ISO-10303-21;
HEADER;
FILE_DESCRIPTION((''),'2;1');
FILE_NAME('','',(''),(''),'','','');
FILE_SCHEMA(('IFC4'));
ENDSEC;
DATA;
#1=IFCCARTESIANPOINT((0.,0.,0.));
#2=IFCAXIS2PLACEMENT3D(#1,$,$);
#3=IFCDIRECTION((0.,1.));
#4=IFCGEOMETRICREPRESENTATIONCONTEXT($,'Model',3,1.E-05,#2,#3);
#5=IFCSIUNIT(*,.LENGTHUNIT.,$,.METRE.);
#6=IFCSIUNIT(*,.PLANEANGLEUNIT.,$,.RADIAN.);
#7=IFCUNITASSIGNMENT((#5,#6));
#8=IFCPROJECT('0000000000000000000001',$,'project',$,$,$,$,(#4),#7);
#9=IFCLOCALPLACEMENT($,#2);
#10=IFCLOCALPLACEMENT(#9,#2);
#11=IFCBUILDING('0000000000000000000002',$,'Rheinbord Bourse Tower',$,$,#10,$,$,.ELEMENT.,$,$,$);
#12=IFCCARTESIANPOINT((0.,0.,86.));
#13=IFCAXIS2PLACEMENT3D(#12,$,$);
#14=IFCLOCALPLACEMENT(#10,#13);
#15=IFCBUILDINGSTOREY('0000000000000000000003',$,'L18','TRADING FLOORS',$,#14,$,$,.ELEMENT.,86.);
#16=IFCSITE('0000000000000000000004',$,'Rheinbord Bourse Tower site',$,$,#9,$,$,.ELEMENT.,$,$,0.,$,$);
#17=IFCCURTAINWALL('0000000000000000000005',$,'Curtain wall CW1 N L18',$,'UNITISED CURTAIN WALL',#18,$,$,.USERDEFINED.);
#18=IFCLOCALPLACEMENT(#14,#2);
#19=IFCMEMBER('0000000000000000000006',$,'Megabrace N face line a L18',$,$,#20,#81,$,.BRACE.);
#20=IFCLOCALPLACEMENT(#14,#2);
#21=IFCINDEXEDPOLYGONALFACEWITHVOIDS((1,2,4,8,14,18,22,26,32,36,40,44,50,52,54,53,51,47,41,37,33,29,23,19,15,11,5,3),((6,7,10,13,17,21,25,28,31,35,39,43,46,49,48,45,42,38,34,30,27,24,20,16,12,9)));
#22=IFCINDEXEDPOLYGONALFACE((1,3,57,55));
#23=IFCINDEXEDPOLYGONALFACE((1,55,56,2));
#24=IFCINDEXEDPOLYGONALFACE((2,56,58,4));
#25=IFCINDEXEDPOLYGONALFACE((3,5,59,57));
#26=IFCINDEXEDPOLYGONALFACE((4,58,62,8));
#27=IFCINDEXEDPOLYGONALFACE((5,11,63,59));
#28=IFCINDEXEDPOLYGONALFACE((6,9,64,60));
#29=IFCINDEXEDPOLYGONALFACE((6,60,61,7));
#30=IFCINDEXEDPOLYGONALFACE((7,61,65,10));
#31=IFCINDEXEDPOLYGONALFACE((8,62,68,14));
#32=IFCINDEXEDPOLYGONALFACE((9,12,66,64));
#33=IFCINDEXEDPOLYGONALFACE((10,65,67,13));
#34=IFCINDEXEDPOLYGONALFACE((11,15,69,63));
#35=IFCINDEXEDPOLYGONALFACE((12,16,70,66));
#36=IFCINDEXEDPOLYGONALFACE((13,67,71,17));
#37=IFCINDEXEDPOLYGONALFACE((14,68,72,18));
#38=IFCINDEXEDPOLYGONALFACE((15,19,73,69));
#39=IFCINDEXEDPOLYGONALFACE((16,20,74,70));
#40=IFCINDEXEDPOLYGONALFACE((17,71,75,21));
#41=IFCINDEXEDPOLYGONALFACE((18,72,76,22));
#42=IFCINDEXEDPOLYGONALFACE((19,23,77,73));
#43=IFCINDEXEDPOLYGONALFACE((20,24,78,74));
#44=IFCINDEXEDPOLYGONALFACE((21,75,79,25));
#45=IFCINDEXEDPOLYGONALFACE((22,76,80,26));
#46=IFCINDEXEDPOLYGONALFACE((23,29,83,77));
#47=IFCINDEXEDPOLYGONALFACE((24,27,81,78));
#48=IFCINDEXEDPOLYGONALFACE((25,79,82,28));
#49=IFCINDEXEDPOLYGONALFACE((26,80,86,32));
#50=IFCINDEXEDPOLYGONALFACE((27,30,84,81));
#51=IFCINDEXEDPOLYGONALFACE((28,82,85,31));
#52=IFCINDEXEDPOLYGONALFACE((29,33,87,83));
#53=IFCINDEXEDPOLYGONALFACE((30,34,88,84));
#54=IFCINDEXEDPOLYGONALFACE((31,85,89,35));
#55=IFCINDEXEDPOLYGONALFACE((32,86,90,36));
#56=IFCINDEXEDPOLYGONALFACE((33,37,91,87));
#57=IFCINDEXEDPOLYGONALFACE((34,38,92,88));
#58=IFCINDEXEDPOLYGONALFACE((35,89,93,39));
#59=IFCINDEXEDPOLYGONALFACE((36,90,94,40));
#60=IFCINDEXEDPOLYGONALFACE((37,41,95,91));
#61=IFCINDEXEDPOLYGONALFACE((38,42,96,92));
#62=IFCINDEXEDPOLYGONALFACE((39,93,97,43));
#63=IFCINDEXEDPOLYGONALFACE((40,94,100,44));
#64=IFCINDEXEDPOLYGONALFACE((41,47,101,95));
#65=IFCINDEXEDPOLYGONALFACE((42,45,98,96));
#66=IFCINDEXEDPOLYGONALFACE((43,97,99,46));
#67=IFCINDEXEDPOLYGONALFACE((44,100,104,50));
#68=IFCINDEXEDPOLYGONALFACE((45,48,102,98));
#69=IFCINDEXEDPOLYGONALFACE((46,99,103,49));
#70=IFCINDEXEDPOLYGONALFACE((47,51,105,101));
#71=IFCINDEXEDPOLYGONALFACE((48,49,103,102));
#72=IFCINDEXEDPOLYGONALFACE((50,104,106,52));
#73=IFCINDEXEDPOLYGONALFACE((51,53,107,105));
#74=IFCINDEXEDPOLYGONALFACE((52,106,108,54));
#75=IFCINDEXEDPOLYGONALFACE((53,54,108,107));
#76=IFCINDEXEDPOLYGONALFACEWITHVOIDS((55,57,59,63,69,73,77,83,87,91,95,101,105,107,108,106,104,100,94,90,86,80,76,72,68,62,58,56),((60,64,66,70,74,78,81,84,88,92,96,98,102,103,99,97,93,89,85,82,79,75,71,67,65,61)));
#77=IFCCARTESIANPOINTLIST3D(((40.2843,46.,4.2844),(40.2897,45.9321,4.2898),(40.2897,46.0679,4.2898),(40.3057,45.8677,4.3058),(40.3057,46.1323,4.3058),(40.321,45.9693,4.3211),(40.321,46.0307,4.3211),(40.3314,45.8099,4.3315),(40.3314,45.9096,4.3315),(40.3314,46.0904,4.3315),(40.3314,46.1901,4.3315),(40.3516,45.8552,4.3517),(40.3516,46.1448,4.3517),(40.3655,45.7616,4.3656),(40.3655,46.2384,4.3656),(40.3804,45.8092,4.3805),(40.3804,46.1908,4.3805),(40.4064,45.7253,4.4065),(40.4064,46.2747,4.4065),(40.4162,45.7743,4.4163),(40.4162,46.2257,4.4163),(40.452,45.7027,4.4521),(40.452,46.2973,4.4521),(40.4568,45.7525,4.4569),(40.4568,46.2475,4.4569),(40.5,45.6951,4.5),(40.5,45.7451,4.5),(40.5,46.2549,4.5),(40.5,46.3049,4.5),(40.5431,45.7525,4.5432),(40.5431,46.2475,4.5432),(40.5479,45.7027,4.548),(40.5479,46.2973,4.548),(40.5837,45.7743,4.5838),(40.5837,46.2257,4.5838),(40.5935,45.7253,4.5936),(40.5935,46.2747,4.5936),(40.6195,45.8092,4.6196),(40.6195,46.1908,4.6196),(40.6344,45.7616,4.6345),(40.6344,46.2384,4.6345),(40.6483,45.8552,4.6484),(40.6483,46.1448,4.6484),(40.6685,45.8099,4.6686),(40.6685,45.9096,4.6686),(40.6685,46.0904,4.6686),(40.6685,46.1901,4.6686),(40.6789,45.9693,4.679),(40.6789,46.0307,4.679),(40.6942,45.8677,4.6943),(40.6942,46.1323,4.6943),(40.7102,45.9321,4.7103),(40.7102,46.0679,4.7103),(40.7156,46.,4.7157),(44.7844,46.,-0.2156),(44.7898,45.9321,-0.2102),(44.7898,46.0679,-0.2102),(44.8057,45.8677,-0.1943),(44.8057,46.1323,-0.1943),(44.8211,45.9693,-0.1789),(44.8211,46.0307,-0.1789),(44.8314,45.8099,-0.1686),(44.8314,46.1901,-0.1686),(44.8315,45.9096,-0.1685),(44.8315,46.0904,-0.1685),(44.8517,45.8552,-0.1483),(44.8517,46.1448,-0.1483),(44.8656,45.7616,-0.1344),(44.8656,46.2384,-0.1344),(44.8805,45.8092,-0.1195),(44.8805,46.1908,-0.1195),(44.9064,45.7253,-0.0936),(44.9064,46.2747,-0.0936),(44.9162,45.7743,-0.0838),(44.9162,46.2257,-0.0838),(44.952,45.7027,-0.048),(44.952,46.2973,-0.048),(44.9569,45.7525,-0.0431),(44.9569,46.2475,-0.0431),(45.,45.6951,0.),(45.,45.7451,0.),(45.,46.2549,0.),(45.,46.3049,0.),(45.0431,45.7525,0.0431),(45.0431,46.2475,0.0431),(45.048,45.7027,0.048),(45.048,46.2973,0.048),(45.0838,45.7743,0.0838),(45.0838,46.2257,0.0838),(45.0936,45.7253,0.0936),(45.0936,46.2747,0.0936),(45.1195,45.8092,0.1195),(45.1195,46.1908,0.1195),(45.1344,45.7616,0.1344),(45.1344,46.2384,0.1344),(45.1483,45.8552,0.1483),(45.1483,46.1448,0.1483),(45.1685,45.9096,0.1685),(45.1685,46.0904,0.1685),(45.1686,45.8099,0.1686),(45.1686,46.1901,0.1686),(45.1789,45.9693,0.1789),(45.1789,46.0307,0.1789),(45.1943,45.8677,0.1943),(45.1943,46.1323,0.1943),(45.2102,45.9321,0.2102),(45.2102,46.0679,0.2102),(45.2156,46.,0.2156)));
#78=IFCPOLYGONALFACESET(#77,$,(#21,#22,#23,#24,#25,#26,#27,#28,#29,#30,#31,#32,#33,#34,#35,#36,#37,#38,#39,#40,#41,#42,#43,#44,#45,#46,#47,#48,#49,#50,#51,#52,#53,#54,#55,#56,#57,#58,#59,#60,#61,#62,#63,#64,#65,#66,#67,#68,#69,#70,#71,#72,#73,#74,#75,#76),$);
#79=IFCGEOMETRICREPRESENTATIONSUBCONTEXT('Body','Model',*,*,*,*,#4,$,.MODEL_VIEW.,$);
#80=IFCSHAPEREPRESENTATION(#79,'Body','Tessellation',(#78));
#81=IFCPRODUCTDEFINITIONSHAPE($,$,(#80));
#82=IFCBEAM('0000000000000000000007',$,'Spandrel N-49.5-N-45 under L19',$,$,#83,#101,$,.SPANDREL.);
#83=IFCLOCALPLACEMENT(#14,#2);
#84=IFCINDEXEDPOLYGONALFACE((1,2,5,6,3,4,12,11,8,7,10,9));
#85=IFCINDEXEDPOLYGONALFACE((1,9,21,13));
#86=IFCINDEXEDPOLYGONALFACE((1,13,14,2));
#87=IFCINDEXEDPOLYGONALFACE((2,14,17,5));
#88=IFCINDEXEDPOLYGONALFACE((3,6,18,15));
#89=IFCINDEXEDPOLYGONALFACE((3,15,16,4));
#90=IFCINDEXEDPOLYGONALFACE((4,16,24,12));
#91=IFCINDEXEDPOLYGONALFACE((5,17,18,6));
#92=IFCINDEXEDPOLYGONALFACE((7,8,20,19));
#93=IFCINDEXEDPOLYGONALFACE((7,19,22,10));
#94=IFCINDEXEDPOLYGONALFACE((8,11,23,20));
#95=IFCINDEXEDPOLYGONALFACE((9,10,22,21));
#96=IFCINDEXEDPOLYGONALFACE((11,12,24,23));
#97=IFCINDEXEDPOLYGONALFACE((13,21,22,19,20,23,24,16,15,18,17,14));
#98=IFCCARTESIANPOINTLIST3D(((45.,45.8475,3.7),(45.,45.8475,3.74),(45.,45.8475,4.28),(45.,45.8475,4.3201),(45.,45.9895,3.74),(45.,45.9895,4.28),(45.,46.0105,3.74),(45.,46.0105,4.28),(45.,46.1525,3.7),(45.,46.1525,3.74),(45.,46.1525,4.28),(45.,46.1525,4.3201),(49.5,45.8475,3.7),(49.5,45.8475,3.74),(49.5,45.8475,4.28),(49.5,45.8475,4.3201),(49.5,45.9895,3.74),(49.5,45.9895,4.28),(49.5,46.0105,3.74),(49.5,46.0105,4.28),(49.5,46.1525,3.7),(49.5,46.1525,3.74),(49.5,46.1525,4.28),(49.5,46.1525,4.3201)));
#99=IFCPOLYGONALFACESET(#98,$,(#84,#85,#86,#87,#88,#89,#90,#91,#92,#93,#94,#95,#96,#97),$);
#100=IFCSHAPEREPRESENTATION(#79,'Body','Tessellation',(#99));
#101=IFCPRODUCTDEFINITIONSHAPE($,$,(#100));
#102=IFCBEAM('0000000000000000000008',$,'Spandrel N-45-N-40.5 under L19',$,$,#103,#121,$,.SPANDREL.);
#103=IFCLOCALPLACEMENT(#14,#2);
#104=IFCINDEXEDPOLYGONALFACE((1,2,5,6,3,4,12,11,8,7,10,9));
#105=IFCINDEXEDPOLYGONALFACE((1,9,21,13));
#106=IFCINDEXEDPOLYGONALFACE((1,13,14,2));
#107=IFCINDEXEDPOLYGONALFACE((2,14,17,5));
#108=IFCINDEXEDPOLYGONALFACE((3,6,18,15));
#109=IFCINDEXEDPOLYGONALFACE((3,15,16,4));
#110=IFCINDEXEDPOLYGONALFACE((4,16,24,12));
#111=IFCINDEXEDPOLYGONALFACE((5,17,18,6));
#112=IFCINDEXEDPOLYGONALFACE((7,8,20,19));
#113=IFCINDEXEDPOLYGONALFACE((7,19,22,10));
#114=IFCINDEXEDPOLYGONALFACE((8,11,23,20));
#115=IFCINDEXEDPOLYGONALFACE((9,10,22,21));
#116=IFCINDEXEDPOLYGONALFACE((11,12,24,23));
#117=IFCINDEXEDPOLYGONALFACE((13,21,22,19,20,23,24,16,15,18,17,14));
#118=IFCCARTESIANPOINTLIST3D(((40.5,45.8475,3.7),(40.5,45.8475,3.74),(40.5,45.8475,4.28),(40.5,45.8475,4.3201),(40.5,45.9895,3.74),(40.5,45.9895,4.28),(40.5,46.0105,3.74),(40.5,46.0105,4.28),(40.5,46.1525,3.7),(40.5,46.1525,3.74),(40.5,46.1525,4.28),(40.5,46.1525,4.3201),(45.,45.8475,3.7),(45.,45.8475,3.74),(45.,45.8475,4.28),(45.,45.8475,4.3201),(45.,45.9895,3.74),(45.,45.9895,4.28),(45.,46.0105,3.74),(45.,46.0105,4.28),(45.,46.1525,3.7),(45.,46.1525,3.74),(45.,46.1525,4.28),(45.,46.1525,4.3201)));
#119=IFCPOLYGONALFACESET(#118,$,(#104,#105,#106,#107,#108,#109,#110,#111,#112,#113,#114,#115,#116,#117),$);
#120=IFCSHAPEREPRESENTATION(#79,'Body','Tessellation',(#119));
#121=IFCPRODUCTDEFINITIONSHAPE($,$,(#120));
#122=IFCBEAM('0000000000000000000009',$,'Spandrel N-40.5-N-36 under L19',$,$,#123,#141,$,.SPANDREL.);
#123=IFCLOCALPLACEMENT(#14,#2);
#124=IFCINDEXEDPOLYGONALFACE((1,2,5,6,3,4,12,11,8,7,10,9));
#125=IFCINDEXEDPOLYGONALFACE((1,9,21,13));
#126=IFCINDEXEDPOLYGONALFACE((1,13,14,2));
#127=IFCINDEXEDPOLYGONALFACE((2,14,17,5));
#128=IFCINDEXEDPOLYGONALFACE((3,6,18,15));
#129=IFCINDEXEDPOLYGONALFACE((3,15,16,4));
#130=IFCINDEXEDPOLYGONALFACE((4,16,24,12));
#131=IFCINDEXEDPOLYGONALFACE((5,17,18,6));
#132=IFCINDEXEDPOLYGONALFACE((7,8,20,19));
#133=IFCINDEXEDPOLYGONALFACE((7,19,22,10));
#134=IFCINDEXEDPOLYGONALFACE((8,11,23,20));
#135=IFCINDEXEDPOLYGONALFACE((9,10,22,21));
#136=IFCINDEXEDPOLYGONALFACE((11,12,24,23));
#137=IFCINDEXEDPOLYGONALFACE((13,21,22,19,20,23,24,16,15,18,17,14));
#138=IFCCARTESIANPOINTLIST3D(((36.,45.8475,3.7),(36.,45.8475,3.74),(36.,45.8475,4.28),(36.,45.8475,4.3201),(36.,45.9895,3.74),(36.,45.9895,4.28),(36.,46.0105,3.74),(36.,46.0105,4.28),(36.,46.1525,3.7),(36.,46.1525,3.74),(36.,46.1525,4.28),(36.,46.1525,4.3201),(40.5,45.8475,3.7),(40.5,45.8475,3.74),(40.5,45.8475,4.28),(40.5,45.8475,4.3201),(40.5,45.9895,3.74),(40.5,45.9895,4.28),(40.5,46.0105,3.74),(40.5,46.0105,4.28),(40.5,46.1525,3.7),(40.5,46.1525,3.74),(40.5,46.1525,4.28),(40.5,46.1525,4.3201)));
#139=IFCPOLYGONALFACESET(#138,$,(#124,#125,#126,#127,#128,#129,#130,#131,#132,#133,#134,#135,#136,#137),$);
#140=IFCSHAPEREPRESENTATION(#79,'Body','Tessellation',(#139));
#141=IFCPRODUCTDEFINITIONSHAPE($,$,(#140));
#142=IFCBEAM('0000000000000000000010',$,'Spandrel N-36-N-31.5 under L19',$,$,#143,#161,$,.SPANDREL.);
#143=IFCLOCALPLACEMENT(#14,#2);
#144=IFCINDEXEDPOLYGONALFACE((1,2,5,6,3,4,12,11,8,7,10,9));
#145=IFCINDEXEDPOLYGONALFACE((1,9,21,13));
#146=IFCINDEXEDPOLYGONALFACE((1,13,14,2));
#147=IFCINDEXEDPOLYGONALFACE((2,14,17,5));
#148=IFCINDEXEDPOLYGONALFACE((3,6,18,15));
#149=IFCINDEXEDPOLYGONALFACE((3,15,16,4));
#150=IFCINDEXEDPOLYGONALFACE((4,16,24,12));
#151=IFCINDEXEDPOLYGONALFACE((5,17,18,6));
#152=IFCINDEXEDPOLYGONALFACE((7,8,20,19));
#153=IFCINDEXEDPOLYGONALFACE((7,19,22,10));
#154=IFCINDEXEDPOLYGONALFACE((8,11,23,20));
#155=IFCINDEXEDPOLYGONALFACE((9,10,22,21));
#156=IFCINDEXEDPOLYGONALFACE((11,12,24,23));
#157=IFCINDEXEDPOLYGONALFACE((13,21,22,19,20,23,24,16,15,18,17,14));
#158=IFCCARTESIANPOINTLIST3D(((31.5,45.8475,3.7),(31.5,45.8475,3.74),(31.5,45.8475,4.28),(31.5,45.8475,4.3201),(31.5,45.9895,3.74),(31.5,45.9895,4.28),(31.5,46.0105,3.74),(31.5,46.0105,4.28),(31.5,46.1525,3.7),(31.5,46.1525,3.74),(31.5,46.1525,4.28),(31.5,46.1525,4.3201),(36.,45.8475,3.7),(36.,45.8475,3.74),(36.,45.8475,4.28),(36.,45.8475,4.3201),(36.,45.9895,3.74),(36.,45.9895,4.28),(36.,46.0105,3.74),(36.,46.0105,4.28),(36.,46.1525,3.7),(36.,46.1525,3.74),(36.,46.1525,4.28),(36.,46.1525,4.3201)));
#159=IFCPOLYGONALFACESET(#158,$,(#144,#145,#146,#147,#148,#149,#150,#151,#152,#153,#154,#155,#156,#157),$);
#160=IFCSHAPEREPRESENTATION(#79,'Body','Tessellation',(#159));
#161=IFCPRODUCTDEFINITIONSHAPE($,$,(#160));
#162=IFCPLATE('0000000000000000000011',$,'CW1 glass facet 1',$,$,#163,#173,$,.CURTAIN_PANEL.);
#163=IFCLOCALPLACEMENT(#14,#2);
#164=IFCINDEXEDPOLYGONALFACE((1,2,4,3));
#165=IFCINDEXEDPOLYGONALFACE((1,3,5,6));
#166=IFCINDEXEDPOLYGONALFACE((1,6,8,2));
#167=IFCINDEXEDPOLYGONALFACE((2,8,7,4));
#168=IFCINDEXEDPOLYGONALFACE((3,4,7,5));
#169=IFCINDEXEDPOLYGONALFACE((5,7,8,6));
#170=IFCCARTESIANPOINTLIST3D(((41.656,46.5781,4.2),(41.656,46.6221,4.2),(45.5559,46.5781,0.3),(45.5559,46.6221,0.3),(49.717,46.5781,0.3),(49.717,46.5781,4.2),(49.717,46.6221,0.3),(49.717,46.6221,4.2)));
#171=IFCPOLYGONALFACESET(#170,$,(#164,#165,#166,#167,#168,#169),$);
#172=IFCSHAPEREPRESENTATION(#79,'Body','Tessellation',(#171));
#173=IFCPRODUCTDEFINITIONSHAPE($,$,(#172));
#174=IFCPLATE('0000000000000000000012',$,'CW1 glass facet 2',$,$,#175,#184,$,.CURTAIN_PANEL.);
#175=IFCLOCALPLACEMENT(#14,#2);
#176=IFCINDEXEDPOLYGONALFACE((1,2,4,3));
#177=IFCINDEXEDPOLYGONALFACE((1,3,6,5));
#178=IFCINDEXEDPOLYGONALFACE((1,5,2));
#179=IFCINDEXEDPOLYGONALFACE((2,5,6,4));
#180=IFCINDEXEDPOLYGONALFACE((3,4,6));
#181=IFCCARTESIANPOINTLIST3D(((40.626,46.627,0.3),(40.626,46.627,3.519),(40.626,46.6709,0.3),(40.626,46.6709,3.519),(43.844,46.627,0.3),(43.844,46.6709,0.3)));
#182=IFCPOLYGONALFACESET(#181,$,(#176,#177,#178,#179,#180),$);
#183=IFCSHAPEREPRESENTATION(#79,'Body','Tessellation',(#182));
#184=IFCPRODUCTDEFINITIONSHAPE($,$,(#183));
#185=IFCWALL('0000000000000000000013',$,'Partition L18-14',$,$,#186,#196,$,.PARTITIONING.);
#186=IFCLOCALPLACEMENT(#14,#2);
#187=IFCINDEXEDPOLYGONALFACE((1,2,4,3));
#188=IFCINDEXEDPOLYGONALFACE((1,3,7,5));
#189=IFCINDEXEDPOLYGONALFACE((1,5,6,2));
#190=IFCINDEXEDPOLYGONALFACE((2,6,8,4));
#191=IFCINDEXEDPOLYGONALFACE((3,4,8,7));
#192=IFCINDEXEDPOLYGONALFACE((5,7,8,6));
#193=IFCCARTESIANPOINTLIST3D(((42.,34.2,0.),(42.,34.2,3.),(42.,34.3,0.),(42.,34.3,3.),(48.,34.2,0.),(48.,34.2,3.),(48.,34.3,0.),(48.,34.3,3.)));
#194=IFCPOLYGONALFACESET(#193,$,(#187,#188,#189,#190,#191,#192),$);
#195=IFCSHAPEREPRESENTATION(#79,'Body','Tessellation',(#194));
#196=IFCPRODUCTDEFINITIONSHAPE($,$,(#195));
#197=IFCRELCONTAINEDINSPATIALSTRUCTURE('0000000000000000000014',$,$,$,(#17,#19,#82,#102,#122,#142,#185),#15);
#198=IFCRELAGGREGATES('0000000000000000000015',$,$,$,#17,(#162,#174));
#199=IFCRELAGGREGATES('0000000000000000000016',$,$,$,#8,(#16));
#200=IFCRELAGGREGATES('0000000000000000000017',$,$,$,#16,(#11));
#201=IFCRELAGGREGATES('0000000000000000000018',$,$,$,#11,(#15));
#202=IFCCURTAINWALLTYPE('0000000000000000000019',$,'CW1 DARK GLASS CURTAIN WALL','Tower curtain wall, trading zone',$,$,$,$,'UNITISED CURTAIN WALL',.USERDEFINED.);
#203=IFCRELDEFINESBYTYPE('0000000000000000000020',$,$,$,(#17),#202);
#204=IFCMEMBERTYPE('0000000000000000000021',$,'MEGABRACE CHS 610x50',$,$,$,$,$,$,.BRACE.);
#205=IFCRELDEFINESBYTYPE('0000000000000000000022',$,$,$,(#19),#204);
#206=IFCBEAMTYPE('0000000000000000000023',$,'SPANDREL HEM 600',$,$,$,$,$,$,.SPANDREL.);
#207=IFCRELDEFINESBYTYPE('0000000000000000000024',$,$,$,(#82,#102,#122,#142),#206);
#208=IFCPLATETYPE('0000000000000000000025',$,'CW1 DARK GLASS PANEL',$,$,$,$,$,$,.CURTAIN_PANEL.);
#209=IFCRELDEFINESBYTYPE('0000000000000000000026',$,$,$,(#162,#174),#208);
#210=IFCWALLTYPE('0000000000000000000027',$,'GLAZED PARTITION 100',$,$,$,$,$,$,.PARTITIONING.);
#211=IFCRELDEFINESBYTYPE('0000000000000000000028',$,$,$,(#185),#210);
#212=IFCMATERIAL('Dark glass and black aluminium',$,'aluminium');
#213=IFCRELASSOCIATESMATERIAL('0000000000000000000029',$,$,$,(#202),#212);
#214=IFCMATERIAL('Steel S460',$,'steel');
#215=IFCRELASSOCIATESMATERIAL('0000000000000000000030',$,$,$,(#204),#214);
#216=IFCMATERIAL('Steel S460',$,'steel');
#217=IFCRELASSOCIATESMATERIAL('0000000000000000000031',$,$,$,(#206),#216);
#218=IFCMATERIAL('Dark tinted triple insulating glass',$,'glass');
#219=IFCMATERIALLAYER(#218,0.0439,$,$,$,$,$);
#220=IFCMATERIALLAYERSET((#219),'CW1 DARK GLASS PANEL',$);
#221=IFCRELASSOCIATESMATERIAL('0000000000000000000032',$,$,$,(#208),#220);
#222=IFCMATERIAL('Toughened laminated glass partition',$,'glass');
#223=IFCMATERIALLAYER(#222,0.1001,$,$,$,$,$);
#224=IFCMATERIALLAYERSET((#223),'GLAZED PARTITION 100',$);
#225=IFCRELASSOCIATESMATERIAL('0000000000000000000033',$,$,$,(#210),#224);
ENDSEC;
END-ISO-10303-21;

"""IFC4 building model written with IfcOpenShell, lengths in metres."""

from ifc_helpers import new_model, si_unit, direction, frame, frame_2d, origin, origin_2d, place, context, subcontext, project, spatial, polyline, rectangle, hollow_circle, i_section, outline, extrude, material, layer, layer_set, material_profile, profile_set, type_object, element, aggregate, save


model = new_model("IFC4")

# Units and contexts
model_context = context("Model", 3, precision=1e-05, world=origin(), true_north=direction((0.0, 1.0)))
body_context = subcontext(model_context, "Body", "Model", "MODEL_VIEW")
ifc_project = project(units=[si_unit("LENGTHUNIT", "METRE"), si_unit("PLANEANGLEUNIT", "RADIAN")], contexts=[model_context])

# Site, building, storey
site_placement = place(None, origin())
site = spatial("IfcSite", under=ifc_project, at=site_placement, Name="Rheinbord Bourse Tower site", CompositionType="ELEMENT", RefElevation=0.0)
building_placement = place(site_placement, origin())
building = spatial("IfcBuilding", under=site, at=building_placement, Name="Rheinbord Bourse Tower", CompositionType="ELEMENT")
storey_placement = place(building_placement, frame((0.0, 0.0, 86.0)))
storey = spatial("IfcBuildingStorey", under=building, at=storey_placement, Name="L18", Description="TRADING FLOORS", CompositionType="ELEMENT", Elevation=86.0)

# Curtain wall
ifc_material_1 = material(Name="Dark glass and black aluminium", Category="aluminium")
curtain_wall_type = type_object("IfcCurtainWallType", Name="CW1 DARK GLASS CURTAIN WALL", Description="Tower curtain wall, trading zone", ElementType="UNITISED CURTAIN WALL", PredefinedType="USERDEFINED", material=ifc_material_1)
curtain_wall_placement = place(storey_placement, origin())
curtain_wall = element("IfcCurtainWall", 1, at=curtain_wall_placement, inside=storey, type_object=curtain_wall_type, Name="Curtain wall CW1 N L18", ObjectType="UNITISED CURTAIN WALL", PredefinedType="USERDEFINED")

# Member
ifc_material_2 = material(Name="Steel S460", Category="steel")
ifc_material_profile_1 = material_profile(ifc_material_2, hollow_circle(Radius=0.3049, WallThickness=0.05, at=origin_2d()), Name="CHS 610x50")
ifc_profile_set_1 = profile_set([ifc_material_profile_1], Name="Steel S460")
member_type_1 = type_object("IfcMemberType", Name="MEGABRACE CHS 610x50", PredefinedType="BRACE", material=ifc_profile_set_1)
member_1_placement = place(storey_placement, frame((45.0, 46.0, 0.0), z_axis=(-0.707107, 0.0, 0.707107), x_axis=(0.0, -1.0, 0.0)))
element("IfcMember", 2, at=member_1_placement, inside=storey, type_object=member_type_1, Name="Megabrace N face line a L18", PredefinedType="BRACE", context=body_context, shape_type="SweptSolid", body=[
    extrude(hollow_circle(Radius=0.3049, WallThickness=0.05, at=origin_2d()), origin(), (0.0, 0.0, 1.0), 6.364),
])

# Beams
ifc_material_3 = material(Name="Steel S460", Category="steel")
ifc_material_profile_2 = material_profile(ifc_material_3, i_section(OverallWidth=0.3049, OverallDepth=0.6201, WebThickness=0.021, FlangeThickness=0.04, at=origin_2d()), Name="HEM 600")
ifc_profile_set_2 = profile_set([ifc_material_profile_2], Name="Steel S460")
beam_type_1 = type_object("IfcBeamType", Name="SPANDREL HEM 600", PredefinedType="SPANDREL", material=ifc_profile_set_2)
for number, where, z_axis, x_axis, name in (
    (3, (49.5, 46.0, 4.01), (-1.0, 0.0, 0.0), (0.0, -1.0, 0.0), "Spandrel N-49.5-N-45 under L19"),
    (4, (45.0, 46.0, 4.01), (-1.0, 0.0, 0.0), (0.0, -1.0, 0.0), "Spandrel N-45-N-40.5 under L19"),
    (5, (40.5, 46.0, 4.01), (-1.0, 0.0, 0.0), (0.0, -1.0, 0.0), "Spandrel N-40.5-N-36 under L19"),
    (6, (36.0, 46.0, 4.01), (-1.0, 0.0, 0.0), (0.0, -1.0, 0.0), "Spandrel N-36-N-31.5 under L19"),
):
    element("IfcBeam", number, at=place(storey_placement, frame(where, z_axis=z_axis, x_axis=x_axis)), inside=storey, type_object=beam_type_1, Name=name, PredefinedType="SPANDREL", context=body_context, shape_type="SweptSolid", body=[
        extrude(i_section(OverallWidth=0.3049, OverallDepth=0.6201, WebThickness=0.021, FlangeThickness=0.04, at=origin_2d()), origin(), (0.0, 0.0, 1.0), 4.5),
    ])

# Plates
ifc_material_4 = material(Name="Dark tinted triple insulating glass", Category="glass")
ifc_layer_1 = layer(ifc_material_4, 0.0439)
ifc_layer_set_1 = layer_set([ifc_layer_1], Name="CW1 DARK GLASS PANEL")
plate_type = type_object("IfcPlateType", Name="CW1 DARK GLASS PANEL", PredefinedType="CURTAIN_PANEL", material=ifc_layer_set_1)
plate_1_placement = place(storey_placement, frame((49.717, 46.6221, 0.3), z_axis=(0.0, -1.0, 0.0), x_axis=(0.0, 0.0, 1.0)))
plate_1 = element("IfcPlate", 7, at=plate_1_placement, type_object=plate_type, Name="CW1 glass facet 1", PredefinedType="CURTAIN_PANEL", context=body_context, shape_type="SweptSolid", body=[
    extrude(outline(polyline([(0.0, 0.0), (3.8999, 0.0), (3.8999, 8.061), (0.0, 4.1611), (0.0, 0.0)])), origin(), (0.0, 0.0, 1.0), 0.0439),
])
plate_2_placement = place(storey_placement, frame((40.626, 46.6709, 0.3), z_axis=(0.0, -1.0, 0.0), x_axis=(1.0, 0.0, 0.0)))
plate_2 = element("IfcPlate", 8, at=plate_2_placement, type_object=plate_type, Name="CW1 glass facet 2", PredefinedType="CURTAIN_PANEL", context=body_context, shape_type="SweptSolid", body=[
    extrude(outline(polyline([(0.0, 0.0), (3.218, 0.0), (0.0, 3.219), (0.0, 0.0)])), origin(), (0.0, 0.0, 1.0), 0.0439),
])
aggregate(curtain_wall, [plate_1, plate_2])

# Wall
ifc_material_5 = material(Name="Toughened laminated glass partition", Category="glass")
ifc_layer_2 = layer(ifc_material_5, 0.1001)
ifc_layer_set_2 = layer_set([ifc_layer_2], Name="GLAZED PARTITION 100")
wall_type = type_object("IfcWallType", Name="GLAZED PARTITION 100", PredefinedType="PARTITIONING", material=ifc_layer_set_2)
wall_1_placement = place(storey_placement, frame((42.0, 34.25, 0.0), z_axis=(0.0, 0.0, 1.0), x_axis=(1.0, 0.0, 0.0)))
element("IfcWall", 9, at=wall_1_placement, inside=storey, type_object=wall_type, Name="Partition L18-14", PredefinedType="PARTITIONING", context=body_context, shape_type="SweptSolid", body=[
    extrude(rectangle(XDim=6.0, YDim=0.1001, at=frame_2d((3.0, 0.0))), origin(), (0.0, 0.0, 1.0), 3.0),
])

save(model, "model.ifc")
